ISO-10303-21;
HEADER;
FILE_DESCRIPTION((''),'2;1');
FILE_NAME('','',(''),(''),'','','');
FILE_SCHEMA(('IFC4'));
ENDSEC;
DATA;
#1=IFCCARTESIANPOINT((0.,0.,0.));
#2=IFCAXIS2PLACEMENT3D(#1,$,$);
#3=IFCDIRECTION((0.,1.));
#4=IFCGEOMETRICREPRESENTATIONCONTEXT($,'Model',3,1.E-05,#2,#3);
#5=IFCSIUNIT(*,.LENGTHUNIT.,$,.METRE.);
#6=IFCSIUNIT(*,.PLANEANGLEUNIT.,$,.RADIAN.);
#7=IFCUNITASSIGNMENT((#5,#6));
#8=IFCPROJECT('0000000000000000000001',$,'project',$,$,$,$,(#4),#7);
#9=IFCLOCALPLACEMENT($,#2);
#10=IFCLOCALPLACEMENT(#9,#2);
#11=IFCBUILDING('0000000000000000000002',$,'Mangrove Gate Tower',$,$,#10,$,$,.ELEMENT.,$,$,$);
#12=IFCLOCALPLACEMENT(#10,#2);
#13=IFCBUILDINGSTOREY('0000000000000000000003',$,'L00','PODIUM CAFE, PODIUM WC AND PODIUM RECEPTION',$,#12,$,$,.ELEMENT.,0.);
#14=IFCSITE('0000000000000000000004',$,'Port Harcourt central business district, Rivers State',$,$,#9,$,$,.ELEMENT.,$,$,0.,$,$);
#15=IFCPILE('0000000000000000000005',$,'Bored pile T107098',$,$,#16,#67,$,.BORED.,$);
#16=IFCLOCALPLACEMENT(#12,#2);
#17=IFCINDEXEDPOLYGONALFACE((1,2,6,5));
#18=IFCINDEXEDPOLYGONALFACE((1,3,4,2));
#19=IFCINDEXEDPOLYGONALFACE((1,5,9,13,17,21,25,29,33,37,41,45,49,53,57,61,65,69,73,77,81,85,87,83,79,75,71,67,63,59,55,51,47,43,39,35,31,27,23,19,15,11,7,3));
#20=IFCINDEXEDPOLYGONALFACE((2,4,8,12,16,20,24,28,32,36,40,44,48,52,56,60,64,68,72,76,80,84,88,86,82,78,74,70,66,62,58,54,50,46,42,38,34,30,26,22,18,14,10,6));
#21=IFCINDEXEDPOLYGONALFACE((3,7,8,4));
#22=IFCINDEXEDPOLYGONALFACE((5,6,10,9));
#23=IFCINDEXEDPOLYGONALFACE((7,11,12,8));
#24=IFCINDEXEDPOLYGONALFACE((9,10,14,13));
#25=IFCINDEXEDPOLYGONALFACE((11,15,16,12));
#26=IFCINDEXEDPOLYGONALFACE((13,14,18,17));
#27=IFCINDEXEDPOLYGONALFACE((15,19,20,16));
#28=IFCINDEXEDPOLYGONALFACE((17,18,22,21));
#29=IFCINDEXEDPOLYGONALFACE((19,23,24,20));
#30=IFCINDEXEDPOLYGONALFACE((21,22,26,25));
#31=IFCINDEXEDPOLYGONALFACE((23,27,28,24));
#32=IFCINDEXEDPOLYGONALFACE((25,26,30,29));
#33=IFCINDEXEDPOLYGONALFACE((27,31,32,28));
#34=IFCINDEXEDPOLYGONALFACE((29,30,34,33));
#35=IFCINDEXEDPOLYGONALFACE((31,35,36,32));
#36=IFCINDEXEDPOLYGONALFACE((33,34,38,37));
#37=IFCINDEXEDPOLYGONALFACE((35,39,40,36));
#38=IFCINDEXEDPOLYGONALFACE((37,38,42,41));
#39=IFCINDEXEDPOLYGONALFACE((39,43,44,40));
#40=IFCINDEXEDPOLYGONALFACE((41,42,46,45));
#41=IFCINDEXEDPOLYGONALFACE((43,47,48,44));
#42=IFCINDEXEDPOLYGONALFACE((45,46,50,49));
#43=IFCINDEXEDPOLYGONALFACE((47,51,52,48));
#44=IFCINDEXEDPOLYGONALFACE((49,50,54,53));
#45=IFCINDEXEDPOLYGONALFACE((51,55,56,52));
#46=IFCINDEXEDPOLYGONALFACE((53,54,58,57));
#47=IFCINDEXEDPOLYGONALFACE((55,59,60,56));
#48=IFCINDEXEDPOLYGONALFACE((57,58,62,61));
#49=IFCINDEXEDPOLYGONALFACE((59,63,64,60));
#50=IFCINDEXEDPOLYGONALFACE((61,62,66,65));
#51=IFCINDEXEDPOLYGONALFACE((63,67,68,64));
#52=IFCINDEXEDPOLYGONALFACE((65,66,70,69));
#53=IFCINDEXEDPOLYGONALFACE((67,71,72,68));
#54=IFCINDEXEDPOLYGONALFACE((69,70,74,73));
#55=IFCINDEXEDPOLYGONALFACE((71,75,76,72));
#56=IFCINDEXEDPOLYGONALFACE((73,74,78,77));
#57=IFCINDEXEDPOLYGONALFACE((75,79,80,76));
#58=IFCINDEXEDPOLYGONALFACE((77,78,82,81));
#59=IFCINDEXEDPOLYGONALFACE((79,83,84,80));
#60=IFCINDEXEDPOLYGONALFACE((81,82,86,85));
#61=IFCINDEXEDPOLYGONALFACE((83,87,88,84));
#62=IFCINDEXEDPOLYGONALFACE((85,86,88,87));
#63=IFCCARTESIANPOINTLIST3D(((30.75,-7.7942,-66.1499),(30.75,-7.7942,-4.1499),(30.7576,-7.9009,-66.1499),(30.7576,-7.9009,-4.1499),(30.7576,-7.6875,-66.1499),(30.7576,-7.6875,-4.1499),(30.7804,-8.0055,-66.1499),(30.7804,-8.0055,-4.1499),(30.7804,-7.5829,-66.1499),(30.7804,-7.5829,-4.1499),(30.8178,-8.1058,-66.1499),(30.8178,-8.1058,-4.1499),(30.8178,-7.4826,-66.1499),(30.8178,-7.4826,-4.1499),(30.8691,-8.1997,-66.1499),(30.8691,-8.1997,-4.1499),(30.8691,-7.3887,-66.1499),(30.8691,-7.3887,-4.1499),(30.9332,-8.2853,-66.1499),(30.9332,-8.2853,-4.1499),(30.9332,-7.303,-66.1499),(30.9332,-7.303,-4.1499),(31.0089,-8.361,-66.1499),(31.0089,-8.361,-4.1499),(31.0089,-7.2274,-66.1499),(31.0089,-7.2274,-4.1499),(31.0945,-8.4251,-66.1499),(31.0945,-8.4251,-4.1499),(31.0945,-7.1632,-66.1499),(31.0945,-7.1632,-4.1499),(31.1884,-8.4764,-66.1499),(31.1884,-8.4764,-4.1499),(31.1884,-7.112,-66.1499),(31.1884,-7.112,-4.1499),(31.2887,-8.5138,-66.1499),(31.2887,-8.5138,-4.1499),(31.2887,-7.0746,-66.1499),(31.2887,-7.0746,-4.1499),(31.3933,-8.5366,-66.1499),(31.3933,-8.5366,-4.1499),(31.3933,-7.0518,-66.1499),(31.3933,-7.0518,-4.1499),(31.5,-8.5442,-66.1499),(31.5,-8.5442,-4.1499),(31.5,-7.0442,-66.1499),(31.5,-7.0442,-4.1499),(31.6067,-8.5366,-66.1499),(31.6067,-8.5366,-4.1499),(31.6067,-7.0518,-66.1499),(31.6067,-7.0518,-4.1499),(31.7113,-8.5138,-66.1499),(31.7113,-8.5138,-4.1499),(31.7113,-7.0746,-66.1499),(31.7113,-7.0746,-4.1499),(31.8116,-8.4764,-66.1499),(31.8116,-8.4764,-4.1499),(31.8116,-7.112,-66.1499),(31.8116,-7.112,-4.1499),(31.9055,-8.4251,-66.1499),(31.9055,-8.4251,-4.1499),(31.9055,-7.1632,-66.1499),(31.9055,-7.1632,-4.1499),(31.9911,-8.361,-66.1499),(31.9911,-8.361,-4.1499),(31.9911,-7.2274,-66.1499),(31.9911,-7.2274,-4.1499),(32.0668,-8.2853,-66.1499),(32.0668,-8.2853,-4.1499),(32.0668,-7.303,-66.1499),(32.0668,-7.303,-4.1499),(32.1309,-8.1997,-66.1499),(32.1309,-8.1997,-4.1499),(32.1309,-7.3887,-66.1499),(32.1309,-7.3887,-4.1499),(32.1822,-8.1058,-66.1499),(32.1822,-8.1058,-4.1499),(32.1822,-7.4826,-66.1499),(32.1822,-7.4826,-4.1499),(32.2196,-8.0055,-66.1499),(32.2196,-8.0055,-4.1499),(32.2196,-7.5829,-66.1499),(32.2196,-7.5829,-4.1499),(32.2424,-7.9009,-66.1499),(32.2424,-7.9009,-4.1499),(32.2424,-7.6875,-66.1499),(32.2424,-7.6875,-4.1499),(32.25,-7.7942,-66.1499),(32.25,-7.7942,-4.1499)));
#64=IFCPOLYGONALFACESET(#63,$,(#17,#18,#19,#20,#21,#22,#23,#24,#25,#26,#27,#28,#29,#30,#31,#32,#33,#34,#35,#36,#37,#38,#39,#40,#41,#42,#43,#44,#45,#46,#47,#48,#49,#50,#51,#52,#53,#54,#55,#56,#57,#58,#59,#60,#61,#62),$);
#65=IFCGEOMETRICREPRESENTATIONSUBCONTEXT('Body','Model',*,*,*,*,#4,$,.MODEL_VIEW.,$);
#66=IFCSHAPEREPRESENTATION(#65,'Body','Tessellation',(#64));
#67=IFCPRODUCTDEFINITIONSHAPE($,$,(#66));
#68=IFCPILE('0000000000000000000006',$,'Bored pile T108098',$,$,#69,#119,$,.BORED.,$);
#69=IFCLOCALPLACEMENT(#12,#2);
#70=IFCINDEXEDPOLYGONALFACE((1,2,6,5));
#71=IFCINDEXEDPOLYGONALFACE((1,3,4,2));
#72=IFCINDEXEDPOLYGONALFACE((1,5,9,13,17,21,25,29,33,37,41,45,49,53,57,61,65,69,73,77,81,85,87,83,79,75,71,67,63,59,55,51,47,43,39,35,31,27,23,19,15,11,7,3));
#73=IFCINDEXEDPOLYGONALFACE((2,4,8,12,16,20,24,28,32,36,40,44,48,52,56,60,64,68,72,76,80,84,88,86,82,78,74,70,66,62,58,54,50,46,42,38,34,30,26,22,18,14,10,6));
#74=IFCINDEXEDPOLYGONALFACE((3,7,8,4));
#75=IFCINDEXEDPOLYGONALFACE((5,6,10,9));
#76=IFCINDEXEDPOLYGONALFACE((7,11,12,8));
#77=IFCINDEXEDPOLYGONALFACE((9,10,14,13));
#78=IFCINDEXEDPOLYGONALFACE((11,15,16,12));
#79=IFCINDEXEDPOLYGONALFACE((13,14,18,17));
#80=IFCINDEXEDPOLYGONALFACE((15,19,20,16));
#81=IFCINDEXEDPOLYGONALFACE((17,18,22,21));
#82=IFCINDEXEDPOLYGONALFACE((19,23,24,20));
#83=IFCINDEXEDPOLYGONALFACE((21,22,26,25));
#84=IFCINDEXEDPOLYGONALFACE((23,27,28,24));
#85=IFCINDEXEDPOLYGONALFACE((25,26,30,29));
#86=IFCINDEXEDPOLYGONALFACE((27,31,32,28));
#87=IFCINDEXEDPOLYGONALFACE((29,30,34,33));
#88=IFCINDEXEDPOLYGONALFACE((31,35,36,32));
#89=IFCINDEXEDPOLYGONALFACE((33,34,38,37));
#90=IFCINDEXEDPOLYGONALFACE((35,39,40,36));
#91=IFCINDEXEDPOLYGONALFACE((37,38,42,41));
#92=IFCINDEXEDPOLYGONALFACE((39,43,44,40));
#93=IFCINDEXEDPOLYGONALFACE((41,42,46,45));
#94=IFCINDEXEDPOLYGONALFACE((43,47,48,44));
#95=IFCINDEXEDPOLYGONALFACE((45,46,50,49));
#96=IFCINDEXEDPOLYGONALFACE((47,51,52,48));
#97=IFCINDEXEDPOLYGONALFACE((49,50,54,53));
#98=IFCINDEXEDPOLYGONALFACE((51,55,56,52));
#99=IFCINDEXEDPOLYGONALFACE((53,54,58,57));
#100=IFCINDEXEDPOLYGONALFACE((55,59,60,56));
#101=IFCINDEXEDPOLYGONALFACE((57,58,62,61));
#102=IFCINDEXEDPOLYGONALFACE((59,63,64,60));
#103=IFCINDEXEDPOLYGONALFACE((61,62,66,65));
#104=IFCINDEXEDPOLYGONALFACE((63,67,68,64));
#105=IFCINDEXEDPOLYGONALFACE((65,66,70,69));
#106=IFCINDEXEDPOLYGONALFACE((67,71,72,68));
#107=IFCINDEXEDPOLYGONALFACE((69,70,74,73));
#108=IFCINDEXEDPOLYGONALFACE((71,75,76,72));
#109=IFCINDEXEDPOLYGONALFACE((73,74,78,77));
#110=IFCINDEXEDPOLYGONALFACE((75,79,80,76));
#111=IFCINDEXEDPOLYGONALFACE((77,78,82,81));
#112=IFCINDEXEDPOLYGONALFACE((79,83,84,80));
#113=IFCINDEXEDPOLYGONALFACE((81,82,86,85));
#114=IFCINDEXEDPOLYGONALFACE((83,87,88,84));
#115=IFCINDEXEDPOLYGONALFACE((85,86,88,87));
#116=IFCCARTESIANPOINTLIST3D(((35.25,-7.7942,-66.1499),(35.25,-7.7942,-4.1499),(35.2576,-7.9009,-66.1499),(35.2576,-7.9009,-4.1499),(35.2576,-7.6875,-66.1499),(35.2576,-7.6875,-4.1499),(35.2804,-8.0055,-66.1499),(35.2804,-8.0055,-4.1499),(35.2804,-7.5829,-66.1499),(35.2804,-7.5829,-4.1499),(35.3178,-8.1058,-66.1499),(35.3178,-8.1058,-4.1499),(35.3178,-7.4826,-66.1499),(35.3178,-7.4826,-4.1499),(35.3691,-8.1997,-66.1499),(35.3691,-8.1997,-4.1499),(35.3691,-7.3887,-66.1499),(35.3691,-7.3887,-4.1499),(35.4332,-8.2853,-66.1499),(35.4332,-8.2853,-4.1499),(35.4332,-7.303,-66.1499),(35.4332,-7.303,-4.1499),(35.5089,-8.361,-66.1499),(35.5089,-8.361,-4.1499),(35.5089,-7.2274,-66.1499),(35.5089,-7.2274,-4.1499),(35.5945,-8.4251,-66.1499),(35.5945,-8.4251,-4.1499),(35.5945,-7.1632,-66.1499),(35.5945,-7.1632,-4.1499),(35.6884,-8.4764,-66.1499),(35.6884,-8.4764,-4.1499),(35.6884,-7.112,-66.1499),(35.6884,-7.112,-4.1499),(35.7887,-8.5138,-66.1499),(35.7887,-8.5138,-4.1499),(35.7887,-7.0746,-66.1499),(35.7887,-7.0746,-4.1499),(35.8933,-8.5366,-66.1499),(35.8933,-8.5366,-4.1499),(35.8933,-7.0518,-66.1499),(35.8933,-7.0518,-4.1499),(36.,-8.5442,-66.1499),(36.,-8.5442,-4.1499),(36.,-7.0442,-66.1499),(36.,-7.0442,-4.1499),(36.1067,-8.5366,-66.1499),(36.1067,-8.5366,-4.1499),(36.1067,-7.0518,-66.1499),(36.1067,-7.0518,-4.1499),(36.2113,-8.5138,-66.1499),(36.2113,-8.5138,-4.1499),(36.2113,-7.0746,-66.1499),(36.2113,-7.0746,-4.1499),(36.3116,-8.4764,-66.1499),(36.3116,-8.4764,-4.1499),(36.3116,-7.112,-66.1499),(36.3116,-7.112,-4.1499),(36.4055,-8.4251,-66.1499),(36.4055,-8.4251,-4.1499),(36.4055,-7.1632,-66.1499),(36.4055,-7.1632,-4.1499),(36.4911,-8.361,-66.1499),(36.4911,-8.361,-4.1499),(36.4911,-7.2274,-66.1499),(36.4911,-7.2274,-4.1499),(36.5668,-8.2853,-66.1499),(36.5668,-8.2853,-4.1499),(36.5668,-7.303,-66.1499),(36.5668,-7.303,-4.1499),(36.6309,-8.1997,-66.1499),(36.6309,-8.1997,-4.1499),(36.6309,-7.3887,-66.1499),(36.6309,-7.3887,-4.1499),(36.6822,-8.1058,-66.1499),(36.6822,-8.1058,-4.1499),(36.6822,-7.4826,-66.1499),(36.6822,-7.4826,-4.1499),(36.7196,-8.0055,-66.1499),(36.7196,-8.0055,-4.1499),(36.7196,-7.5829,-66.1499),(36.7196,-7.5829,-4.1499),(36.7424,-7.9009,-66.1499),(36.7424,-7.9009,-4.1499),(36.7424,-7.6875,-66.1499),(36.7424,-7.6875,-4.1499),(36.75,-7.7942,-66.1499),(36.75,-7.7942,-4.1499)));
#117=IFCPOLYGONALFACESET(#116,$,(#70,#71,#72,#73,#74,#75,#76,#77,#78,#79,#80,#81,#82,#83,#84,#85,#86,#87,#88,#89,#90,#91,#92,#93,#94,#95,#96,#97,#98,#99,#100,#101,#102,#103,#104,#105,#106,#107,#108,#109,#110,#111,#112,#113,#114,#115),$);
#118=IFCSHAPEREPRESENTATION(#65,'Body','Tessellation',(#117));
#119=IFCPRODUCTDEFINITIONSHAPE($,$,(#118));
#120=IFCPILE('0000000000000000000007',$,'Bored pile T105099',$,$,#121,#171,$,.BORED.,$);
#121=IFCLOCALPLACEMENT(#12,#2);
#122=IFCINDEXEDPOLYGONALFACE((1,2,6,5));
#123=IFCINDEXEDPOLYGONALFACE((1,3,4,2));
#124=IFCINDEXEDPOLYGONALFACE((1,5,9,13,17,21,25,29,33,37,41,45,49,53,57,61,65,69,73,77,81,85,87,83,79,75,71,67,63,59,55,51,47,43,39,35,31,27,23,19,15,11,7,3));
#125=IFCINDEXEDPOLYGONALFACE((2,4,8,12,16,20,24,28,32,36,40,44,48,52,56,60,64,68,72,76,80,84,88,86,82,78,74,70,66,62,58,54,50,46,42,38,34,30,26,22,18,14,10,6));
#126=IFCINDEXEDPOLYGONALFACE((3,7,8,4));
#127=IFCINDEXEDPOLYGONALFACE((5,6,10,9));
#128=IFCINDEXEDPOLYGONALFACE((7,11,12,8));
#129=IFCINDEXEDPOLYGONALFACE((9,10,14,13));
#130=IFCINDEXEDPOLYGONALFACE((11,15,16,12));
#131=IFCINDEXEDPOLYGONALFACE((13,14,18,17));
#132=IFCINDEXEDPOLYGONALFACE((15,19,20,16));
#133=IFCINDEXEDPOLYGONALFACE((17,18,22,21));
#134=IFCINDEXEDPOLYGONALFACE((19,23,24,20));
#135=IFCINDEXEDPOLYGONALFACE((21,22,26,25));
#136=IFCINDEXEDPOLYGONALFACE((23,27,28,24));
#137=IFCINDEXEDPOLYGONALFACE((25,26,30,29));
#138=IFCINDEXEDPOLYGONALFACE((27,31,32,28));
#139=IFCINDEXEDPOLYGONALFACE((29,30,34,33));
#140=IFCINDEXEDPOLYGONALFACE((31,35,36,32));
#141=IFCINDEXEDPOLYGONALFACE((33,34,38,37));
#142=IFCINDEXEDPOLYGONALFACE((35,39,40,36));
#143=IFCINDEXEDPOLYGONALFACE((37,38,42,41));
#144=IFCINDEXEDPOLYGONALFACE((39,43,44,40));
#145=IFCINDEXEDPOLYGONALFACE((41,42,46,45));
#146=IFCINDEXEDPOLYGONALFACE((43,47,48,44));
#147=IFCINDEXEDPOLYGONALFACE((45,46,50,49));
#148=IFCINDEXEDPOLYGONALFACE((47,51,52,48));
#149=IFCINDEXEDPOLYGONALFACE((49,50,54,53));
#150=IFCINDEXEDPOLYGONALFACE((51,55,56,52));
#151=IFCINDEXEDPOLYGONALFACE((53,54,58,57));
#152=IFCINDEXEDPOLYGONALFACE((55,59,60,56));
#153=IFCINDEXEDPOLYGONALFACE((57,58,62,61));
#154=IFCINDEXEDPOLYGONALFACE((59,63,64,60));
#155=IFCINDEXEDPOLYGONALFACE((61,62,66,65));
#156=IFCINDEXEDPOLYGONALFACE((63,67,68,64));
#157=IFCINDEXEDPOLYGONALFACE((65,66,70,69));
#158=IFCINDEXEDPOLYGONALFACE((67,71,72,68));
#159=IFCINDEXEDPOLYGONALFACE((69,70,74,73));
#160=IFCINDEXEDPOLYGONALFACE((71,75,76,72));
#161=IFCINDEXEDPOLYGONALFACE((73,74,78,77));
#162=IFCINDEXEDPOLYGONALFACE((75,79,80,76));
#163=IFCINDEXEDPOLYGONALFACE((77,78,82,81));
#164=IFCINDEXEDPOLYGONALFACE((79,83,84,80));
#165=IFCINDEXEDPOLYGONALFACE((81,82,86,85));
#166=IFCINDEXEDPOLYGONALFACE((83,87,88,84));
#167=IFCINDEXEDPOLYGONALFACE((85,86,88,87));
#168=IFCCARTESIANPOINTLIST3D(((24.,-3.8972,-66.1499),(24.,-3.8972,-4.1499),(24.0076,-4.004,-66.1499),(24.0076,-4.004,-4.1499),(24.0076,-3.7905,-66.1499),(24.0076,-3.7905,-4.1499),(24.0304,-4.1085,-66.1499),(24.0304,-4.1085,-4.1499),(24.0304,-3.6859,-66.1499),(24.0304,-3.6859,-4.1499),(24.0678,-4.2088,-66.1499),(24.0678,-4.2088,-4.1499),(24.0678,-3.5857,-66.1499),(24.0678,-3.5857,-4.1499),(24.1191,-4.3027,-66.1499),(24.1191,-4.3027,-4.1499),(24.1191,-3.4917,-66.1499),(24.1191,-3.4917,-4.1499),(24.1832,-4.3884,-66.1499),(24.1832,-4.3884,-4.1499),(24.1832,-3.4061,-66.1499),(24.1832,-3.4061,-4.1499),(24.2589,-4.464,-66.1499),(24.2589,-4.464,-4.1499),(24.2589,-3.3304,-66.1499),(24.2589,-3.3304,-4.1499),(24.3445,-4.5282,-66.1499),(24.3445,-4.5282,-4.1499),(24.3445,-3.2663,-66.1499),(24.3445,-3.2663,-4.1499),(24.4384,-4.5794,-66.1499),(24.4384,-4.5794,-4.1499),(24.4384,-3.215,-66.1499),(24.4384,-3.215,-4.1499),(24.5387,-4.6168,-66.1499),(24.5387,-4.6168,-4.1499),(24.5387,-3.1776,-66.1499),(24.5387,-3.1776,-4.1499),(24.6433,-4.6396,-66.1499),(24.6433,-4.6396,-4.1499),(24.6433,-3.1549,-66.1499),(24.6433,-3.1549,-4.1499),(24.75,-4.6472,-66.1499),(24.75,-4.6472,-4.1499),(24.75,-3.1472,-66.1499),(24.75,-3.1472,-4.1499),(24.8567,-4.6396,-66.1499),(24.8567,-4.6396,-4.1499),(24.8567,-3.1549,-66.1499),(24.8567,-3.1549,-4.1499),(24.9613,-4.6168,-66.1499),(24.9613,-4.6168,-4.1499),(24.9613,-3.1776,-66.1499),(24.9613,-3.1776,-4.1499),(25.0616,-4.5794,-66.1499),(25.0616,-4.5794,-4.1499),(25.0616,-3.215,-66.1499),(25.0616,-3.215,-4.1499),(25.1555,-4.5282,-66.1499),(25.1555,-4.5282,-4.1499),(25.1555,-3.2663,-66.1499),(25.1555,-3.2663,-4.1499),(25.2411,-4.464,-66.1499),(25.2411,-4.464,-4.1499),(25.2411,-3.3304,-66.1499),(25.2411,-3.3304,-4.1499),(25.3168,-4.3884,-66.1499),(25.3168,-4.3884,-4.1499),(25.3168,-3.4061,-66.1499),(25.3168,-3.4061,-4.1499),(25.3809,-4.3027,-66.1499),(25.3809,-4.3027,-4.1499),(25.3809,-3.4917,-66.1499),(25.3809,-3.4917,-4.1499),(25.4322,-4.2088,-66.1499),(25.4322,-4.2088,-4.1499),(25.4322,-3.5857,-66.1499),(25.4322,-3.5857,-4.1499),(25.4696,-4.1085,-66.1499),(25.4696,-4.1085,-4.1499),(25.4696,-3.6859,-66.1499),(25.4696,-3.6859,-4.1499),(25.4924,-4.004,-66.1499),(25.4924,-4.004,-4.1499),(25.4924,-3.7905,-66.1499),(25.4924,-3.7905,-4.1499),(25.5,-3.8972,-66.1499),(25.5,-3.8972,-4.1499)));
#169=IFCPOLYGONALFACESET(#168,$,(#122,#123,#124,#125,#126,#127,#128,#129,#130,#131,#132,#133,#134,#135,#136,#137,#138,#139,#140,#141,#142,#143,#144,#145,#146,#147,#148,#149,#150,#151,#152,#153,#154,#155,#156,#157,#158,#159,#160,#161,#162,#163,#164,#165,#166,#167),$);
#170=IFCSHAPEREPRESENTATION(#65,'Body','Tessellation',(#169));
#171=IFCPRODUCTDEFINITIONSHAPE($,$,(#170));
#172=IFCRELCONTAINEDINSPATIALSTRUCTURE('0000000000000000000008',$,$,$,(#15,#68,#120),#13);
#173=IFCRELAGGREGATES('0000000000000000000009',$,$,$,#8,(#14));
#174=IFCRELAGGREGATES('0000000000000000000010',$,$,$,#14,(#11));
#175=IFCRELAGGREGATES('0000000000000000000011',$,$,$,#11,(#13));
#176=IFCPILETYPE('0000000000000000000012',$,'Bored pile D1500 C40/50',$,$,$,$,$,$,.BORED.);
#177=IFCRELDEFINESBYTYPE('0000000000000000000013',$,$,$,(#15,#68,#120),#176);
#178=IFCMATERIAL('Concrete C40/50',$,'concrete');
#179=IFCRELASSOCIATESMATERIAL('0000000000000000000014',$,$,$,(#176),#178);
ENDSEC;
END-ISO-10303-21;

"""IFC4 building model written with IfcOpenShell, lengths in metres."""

from ifc_helpers import new_model, si_unit, direction, frame, origin, origin_2d, place, context, subcontext, project, spatial, circle, extrude, material, material_profile, profile_set, type_object, element, save


model = new_model("IFC4")

# Units and contexts
model_context = context("Model", 3, precision=1e-05, world=origin(), true_north=direction((0.0, 1.0)))
body_context = subcontext(model_context, "Body", "Model", "MODEL_VIEW")
ifc_project = project(units=[si_unit("LENGTHUNIT", "METRE"), si_unit("PLANEANGLEUNIT", "RADIAN")], contexts=[model_context])

# Site, building, storey
site_placement = place(None, origin())
site = spatial("IfcSite", under=ifc_project, at=site_placement, Name="Port Harcourt central business district, Rivers State", CompositionType="ELEMENT", RefElevation=0.0)
building_placement = place(site_placement, origin())
building = spatial("IfcBuilding", under=site, at=building_placement, Name="Mangrove Gate Tower", CompositionType="ELEMENT")
storey_placement = place(building_placement, origin())
storey = spatial("IfcBuildingStorey", under=building, at=storey_placement, Name="L00", Description="PODIUM CAFE, PODIUM WC AND PODIUM RECEPTION", CompositionType="ELEMENT", Elevation=0.0)

# Piles
ifc_material_1 = material(Name="Concrete C40/50", Category="concrete")
ifc_material_profile_1 = material_profile(ifc_material_1, circle(Radius=0.75, at=origin_2d()))
ifc_profile_set_1 = profile_set([ifc_material_profile_1], Name="Concrete C40/50")
pile_type = type_object("IfcPileType", Name="Bored pile D1500 C40/50", PredefinedType="BORED", material=ifc_profile_set_1)
for number, where, z_axis, x_axis, name in (
    (1, (31.5, -7.7942, -4.1499), (0.0, 0.0, -1.0), (1.0, 0.0, 0.0), "Bored pile T107098"),
    (2, (36.0, -7.7942, -4.1499), (0.0, 0.0, -1.0), (1.0, 0.0, 0.0), "Bored pile T108098"),
    (3, (24.75, -3.8972, -4.1499), (0.0, 0.0, -1.0), (1.0, 0.0, 0.0), "Bored pile T105099"),
):
    element("IfcPile", number, at=place(storey_placement, frame(where, z_axis=z_axis, x_axis=x_axis)), inside=storey, type_object=pile_type, Name=name, PredefinedType="BORED", context=body_context, shape_type="SweptSolid", body=[
        extrude(circle(Radius=0.75, at=origin_2d()), origin(), (0.0, 0.0, 1.0), 62.0),
    ])

save(model, "model.ifc")
